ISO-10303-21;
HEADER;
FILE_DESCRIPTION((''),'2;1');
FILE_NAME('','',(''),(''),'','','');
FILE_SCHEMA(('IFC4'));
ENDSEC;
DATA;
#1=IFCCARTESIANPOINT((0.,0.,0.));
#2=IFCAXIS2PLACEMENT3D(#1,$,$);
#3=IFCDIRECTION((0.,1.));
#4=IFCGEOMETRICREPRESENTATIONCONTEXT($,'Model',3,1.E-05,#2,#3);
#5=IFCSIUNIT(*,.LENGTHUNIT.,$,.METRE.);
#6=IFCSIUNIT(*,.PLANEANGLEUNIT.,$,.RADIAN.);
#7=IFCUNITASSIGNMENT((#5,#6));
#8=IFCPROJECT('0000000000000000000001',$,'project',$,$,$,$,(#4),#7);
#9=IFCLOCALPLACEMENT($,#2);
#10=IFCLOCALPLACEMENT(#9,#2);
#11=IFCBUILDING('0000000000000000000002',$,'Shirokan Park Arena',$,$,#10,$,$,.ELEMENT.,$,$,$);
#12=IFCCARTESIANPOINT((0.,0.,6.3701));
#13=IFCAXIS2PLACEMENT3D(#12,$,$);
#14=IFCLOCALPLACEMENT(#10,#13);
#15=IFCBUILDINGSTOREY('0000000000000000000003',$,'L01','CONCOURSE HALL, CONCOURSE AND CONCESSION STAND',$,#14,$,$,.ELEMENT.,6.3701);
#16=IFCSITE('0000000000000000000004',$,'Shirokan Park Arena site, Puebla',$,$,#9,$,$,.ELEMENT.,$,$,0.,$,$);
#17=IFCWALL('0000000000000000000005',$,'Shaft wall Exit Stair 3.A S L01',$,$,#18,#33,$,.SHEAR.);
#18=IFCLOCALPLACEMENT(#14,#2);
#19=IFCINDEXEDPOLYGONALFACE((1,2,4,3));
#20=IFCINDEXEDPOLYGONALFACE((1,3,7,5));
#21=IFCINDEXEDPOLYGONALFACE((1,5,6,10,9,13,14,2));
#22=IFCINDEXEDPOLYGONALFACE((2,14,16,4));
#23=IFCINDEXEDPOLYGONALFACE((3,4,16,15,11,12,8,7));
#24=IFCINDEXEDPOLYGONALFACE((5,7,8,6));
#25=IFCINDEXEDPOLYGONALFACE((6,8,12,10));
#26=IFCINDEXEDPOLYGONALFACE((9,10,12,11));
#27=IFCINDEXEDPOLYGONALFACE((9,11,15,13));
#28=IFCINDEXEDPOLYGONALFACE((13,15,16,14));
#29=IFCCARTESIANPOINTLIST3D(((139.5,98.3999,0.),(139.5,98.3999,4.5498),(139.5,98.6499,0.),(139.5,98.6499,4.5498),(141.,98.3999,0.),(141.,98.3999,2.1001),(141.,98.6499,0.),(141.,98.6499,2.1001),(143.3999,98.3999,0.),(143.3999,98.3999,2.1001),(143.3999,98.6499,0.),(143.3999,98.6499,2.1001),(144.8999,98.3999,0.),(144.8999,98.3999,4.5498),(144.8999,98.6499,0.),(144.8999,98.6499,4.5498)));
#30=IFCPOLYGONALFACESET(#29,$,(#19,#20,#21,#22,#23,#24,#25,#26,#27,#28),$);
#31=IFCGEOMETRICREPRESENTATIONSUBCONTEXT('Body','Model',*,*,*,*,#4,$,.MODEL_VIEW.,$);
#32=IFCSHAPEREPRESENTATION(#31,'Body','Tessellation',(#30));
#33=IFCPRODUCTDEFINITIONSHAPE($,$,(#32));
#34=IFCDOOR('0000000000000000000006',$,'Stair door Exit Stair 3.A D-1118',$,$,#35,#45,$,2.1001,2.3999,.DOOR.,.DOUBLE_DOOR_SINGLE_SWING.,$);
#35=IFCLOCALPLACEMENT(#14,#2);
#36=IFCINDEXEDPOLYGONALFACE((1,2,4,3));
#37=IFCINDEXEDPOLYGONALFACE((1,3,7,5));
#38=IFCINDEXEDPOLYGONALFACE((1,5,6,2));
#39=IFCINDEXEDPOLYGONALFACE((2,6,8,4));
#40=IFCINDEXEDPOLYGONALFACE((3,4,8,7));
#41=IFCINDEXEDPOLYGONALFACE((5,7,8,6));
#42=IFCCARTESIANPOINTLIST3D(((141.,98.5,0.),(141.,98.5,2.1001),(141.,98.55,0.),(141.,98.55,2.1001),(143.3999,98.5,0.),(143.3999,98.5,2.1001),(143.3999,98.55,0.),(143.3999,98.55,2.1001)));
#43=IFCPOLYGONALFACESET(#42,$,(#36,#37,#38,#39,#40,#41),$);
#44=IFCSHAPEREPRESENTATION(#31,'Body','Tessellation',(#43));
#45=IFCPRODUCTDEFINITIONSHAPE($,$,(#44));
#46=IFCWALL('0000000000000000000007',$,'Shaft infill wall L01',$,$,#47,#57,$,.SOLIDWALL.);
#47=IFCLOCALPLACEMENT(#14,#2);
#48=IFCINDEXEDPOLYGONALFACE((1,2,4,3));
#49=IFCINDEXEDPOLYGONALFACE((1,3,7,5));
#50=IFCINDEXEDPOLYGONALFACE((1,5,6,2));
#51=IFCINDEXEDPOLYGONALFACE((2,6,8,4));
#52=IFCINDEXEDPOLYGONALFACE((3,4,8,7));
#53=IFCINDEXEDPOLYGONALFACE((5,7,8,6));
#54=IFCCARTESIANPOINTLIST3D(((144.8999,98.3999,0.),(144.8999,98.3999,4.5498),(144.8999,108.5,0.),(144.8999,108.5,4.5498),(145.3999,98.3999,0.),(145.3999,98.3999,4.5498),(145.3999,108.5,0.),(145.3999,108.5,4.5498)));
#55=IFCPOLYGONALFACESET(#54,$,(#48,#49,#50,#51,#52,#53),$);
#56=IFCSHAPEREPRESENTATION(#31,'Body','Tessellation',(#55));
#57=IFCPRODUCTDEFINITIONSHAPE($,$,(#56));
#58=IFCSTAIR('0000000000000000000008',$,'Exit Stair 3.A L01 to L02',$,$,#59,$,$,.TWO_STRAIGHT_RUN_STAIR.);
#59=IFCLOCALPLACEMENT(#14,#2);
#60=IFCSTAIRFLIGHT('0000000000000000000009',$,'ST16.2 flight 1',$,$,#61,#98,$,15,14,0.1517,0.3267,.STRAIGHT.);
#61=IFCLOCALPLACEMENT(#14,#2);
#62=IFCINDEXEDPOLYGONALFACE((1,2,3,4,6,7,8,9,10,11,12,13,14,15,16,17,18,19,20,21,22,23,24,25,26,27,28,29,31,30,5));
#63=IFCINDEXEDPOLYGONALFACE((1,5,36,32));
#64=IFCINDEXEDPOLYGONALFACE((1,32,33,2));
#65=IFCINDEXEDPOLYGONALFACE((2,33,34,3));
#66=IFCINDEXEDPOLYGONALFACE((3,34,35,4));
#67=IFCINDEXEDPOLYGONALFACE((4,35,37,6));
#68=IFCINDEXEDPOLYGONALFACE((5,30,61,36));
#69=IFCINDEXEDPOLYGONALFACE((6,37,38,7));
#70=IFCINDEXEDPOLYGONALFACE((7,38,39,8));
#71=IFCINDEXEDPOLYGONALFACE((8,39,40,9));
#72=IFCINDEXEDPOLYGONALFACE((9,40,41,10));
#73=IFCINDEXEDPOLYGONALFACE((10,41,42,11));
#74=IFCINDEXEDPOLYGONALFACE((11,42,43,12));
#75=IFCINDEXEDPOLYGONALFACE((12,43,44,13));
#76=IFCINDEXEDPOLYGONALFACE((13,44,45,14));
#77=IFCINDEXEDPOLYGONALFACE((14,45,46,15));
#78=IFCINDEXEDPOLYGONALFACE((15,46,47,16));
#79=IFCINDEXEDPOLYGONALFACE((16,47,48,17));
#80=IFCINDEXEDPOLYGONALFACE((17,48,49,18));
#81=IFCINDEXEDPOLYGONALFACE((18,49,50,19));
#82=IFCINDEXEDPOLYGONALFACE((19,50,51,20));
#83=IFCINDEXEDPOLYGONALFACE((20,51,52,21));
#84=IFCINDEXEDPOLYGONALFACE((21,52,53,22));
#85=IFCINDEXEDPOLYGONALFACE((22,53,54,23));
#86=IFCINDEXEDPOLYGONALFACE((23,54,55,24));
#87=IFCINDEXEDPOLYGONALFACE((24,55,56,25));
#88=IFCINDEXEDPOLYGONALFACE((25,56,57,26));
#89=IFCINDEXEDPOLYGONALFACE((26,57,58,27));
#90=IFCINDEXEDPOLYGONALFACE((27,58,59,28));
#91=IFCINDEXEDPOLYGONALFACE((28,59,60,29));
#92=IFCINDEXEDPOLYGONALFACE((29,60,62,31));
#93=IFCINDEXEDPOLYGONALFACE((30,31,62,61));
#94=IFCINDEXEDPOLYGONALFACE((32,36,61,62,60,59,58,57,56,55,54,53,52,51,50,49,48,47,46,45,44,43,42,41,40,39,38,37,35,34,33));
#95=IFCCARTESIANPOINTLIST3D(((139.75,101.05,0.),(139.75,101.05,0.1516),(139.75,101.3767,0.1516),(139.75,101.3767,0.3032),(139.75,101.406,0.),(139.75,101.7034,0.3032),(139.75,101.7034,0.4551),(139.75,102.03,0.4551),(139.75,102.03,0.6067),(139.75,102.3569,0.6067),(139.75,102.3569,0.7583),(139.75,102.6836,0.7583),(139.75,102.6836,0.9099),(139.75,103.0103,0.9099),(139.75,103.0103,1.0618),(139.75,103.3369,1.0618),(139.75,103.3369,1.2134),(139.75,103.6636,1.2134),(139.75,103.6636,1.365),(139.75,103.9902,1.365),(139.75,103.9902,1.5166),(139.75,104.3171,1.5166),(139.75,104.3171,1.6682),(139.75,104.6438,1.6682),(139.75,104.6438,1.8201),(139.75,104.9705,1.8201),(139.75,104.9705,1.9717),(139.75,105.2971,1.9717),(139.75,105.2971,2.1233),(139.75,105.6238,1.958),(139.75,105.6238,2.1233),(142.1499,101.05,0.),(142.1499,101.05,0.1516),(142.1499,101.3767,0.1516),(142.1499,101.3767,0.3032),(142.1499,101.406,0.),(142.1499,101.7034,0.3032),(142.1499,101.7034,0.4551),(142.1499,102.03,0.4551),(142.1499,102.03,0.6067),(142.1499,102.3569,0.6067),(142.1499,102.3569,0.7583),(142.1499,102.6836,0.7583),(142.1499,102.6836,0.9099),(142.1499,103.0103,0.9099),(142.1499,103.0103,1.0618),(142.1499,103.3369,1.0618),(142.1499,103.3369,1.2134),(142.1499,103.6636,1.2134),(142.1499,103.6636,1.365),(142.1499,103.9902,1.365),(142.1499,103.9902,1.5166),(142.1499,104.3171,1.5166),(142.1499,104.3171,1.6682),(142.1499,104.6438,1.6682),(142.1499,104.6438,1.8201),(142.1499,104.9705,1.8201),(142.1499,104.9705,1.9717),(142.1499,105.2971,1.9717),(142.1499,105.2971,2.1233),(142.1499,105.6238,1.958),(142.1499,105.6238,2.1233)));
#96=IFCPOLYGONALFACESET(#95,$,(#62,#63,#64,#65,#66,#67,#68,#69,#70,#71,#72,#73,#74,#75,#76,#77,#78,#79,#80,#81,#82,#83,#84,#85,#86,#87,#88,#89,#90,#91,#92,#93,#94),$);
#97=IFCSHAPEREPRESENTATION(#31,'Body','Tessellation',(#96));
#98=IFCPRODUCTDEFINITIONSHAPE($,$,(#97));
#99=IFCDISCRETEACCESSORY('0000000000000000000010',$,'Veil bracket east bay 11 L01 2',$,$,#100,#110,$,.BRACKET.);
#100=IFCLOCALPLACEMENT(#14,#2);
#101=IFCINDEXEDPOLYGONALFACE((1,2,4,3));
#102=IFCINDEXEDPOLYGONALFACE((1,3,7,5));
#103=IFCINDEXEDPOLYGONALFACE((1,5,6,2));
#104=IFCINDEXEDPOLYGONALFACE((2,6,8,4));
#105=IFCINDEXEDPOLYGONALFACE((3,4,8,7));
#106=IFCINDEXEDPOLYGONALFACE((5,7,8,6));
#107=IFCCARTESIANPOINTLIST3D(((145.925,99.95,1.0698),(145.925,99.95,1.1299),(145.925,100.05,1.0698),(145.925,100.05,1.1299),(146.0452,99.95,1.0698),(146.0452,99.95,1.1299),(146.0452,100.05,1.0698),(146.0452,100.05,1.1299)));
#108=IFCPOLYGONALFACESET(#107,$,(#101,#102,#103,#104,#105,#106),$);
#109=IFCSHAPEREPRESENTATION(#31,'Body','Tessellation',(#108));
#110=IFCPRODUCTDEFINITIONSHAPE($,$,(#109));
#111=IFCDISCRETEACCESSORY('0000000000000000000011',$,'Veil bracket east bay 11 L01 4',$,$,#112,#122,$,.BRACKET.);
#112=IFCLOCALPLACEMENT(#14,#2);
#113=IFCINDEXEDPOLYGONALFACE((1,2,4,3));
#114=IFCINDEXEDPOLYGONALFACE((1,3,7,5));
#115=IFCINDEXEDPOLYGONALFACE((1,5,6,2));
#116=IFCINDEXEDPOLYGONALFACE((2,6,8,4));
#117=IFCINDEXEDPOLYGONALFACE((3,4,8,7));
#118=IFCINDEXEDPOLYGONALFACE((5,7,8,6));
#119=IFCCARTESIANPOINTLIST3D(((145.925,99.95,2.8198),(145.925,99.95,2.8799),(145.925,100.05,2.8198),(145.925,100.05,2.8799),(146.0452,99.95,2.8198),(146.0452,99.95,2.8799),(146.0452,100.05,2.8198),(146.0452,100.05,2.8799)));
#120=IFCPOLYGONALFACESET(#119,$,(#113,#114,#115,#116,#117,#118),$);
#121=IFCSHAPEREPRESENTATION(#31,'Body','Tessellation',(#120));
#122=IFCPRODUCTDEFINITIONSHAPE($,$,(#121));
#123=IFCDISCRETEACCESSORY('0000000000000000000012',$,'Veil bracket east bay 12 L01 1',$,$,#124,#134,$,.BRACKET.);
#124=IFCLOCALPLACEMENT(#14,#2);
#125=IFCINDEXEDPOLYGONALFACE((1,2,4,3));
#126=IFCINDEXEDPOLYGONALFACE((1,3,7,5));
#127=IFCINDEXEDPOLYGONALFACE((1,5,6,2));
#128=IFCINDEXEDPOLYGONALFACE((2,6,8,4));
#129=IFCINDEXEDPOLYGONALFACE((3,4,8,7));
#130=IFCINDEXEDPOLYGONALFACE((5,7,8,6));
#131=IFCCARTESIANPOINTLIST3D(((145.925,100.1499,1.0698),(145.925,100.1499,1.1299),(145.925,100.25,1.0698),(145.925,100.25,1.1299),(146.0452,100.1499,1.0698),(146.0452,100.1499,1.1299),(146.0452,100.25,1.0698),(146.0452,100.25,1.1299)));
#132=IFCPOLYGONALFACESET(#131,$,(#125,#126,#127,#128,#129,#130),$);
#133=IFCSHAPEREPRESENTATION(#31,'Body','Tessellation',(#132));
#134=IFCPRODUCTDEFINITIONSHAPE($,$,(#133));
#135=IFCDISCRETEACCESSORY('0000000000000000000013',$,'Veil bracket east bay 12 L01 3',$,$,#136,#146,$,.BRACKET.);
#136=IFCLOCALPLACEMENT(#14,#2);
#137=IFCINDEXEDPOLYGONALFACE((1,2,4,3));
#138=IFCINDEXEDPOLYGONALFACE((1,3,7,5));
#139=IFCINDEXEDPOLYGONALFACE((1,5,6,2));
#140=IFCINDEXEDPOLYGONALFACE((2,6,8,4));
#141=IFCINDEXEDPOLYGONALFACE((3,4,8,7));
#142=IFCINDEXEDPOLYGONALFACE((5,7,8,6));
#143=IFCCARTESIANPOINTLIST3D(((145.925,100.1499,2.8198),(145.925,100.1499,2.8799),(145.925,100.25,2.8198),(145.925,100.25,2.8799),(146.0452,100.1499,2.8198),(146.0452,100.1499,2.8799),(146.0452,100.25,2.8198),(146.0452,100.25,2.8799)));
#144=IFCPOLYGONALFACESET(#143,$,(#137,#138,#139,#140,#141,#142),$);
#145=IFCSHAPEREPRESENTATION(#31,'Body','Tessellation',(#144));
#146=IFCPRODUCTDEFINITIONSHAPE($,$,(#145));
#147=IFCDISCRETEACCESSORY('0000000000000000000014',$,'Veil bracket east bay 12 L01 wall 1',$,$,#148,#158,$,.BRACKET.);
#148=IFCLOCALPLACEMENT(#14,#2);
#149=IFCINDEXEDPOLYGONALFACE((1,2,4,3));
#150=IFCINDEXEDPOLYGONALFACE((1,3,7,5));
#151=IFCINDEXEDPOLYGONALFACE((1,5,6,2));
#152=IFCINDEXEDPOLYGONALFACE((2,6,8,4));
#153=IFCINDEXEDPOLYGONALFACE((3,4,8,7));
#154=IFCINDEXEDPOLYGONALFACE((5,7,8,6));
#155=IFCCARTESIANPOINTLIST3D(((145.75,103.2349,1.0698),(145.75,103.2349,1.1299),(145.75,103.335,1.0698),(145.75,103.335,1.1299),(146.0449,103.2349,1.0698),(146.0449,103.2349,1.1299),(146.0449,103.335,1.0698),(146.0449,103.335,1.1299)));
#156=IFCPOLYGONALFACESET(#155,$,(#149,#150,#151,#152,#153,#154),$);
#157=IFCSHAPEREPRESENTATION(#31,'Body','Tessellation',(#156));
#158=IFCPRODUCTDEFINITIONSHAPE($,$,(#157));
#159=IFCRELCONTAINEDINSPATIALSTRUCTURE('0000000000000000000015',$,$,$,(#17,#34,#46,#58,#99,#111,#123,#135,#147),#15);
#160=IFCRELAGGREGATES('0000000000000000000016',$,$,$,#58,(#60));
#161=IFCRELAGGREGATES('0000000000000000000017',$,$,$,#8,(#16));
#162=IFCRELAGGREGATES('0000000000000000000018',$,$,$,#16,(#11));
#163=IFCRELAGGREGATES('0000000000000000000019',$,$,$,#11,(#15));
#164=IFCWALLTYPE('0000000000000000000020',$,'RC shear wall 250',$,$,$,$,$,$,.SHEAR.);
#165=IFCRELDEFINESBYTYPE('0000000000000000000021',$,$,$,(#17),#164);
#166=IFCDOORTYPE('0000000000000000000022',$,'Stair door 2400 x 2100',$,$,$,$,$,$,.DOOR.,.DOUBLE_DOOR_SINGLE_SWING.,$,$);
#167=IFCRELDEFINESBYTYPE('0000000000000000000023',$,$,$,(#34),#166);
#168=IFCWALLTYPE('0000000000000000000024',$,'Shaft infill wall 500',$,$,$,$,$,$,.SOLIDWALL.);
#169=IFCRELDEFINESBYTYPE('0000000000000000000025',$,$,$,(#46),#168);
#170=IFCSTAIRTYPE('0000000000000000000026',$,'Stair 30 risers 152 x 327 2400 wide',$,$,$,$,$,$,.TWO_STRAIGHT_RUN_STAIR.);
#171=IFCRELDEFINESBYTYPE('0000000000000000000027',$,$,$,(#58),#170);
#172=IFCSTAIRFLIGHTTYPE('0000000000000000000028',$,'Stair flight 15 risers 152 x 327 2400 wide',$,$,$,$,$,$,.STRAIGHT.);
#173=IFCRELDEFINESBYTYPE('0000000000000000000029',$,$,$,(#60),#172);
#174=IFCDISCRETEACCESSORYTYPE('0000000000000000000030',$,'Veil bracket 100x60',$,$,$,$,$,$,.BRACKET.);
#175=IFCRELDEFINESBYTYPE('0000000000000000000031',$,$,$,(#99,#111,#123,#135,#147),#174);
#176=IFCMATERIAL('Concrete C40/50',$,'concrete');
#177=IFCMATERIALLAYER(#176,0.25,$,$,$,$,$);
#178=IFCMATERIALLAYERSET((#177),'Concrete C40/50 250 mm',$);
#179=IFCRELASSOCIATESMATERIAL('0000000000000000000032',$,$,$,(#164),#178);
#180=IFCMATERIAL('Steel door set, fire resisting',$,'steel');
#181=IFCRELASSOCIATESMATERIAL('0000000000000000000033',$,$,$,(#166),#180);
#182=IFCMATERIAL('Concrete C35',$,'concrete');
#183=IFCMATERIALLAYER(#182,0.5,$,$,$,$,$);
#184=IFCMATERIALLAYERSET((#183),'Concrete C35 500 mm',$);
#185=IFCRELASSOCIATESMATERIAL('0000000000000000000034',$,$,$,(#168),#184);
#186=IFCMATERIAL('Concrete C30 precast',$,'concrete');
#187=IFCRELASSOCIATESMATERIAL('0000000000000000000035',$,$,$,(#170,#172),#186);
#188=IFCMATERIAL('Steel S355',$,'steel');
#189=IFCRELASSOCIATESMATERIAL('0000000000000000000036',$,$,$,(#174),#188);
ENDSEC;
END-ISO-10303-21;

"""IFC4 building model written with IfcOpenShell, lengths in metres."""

from ifc_helpers import new_model, si_unit, direction, frame, frame_2d, origin, origin_2d, place, context, subcontext, project, spatial, polyline, rectangle, outline, extrude, material, layer, layer_set, type_object, element, fill, aggregate, save


model = new_model("IFC4")

# Units and contexts
model_context = context("Model", 3, precision=1e-05, world=origin(), true_north=direction((0.0, 1.0)))
body_context = subcontext(model_context, "Body", "Model", "MODEL_VIEW")
ifc_project = project(units=[si_unit("LENGTHUNIT", "METRE"), si_unit("PLANEANGLEUNIT", "RADIAN")], contexts=[model_context])

# Site, building, storey
site_placement = place(None, origin())
site = spatial("IfcSite", under=ifc_project, at=site_placement, Name="Shirokan Park Arena site, Puebla", CompositionType="ELEMENT", RefElevation=0.0)
building_placement = place(site_placement, origin())
building = spatial("IfcBuilding", under=site, at=building_placement, Name="Shirokan Park Arena", CompositionType="ELEMENT")
storey_placement = place(building_placement, frame((0.0, 0.0, 6.3701)))
storey = spatial("IfcBuildingStorey", under=building, at=storey_placement, Name="L01", Description="CONCOURSE HALL, CONCOURSE AND CONCESSION STAND", CompositionType="ELEMENT", Elevation=6.3701)

# Shared definitions
ifc_material_1 = material(Name="Concrete C35", Category="concrete")

# Shared definitions
ifc_material_2 = material(Name="Steel S355", Category="steel")

# Wall, opening, door
ifc_material_3 = material(Name="Concrete C40/50", Category="concrete")
ifc_layer_1 = layer(ifc_material_3, 0.25)
ifc_layer_set_1 = layer_set([ifc_layer_1], Name="Concrete C40/50 250 mm")
wall_type_1 = type_object("IfcWallType", Name="RC shear wall 250", PredefinedType="SHEAR", material=ifc_layer_set_1)
wall_1_placement = place(storey_placement, frame((144.8999, 98.5249, 0.0), z_axis=(0.0, 0.0, 1.0), x_axis=(-1.0, 0.0, 0.0)))
wall_1 = element("IfcWall", 1, at=wall_1_placement, inside=storey, type_object=wall_type_1, Name="Shaft wall Exit Stair 3.A S L01", PredefinedType="SHEAR", context=body_context, shape_type="SweptSolid", body=[
    extrude(rectangle(XDim=5.3999, YDim=0.25, at=frame_2d((2.7, 0.0))), origin(), (0.0, 0.0, 1.0), 4.5498),
])
opening_placement = place(wall_1_placement, frame((1.5, 0.0, 0.0)))
opening = element("IfcOpeningElement", 2, at=opening_placement, cuts=wall_1, PredefinedType="OPENING", context=body_context, shape_type="SweptSolid", body=[
    extrude(rectangle(XDim=2.3999, YDim=2.1001, at=frame_2d((1.2, 1.05))), frame((0.0, 0.135, 0.0), z_axis=(0.0, -1.0, 0.0), x_axis=(1.0, 0.0, 0.0)), (0.0, 0.0, 1.0), 0.27),
])
ifc_material_4 = material(Name="Steel door set, fire resisting", Category="steel")
door_type = type_object("IfcDoorType", Name="Stair door 2400 x 2100", OperationType="DOUBLE_DOOR_SINGLE_SWING", PredefinedType="DOOR", material=ifc_material_4)
door_placement = place(opening_placement, origin())
door = element("IfcDoor", 3, at=door_placement, inside=storey, type_object=door_type, Name="Stair door Exit Stair 3.A D-1118", OperationType="DOUBLE_DOOR_SINGLE_SWING", OverallHeight=2.1001, OverallWidth=2.3999, PredefinedType="DOOR", context=body_context, shape_type="SweptSolid", body=[
    extrude(rectangle(XDim=2.3999, YDim=2.1001, at=frame_2d((1.2, 1.05))), frame((0.0, 0.0249, 0.0), z_axis=(0.0, -1.0, 0.0), x_axis=(1.0, 0.0, 0.0)), (0.0, 0.0, 1.0), 0.05),
])
fill(opening, door)

# Wall
ifc_layer_2 = layer(ifc_material_1, 0.5)
ifc_layer_set_2 = layer_set([ifc_layer_2], Name="Concrete C35 500 mm")
wall_type_2 = type_object("IfcWallType", Name="Shaft infill wall 500", PredefinedType="SOLIDWALL", material=ifc_layer_set_2)
wall_2_placement = place(storey_placement, frame((145.1499, 98.3999, 0.0), z_axis=(0.0, 0.0, 1.0), x_axis=(0.0, 1.0, 0.0)))
element("IfcWall", 4, at=wall_2_placement, inside=storey, type_object=wall_type_2, Name="Shaft infill wall L01", PredefinedType="SOLIDWALL", context=body_context, shape_type="SweptSolid", body=[
    extrude(rectangle(XDim=10.1001, YDim=0.5, at=frame_2d((5.05, 0.0))), origin(), (0.0, 0.0, 1.0), 4.5498),
])

# Stair, stair flight
ifc_material_5 = material(Name="Concrete C30 precast", Category="concrete")
stair_type = type_object("IfcStairType", Name="Stair 30 risers 152 x 327 2400 wide", PredefinedType="TWO_STRAIGHT_RUN_STAIR", material=ifc_material_5)
stair_placement = place(storey_placement, origin())
stair = element("IfcStair", 5, at=stair_placement, inside=storey, type_object=stair_type, Name="Exit Stair 3.A L01 to L02", PredefinedType="TWO_STRAIGHT_RUN_STAIR")
stair_flight_type = type_object("IfcStairFlightType", Name="Stair flight 15 risers 152 x 327 2400 wide", PredefinedType="STRAIGHT", material=ifc_material_5)
stair_flight_placement = place(storey_placement, frame((140.95, 101.05, 0.0), z_axis=(0.0, 0.0, 1.0), x_axis=(0.0, 1.0, 0.0)))
stair_flight = element("IfcStairFlight", 6, at=stair_flight_placement, type_object=stair_flight_type, Name="ST16.2 flight 1", NumberOfRisers=15, NumberOfTreads=14, PredefinedType="STRAIGHT", RiserHeight=0.1517, TreadLength=0.3267, context=body_context, shape_type="SweptSolid", body=[
    extrude(outline(polyline([(0.0, 0.0), (0.0, 0.1516), (0.3267, 0.1516), (0.3267, 0.3032), (0.6533, 0.3032), (0.6533, 0.4551), (0.98, 0.4551), (0.98, 0.6067), (1.3069, 0.6067), (1.3069, 0.7583), (1.6335, 0.7583), (1.6335, 0.9099), (1.9602, 0.9099), (1.9602, 1.0618), (2.2869, 1.0618), (2.2869, 1.2134), (2.6135, 1.2134), (2.6135, 1.365), (2.9402, 1.365), (2.9402, 1.5166), (3.2671, 1.5166), (3.2671, 1.6682), (3.5938, 1.6682), (3.5938, 1.8201), (3.9204, 1.8201), (3.9204, 1.9717), (4.2471, 1.9717), (4.2471, 2.1233), (4.5737, 2.1233), (4.5737, 2.2749), (4.5737, 1.958), (0.356, 0.0), (0.0, 0.0)])), frame((0.0, 1.2, 0.0), z_axis=(0.0, -1.0, 0.0), x_axis=(1.0, 0.0, 0.0)), (0.0, 0.0, 1.0), 2.3999),
])
aggregate(stair, [stair_flight])

# Discrete accessories
discrete_accessory_type = type_object("IfcDiscreteAccessoryType", Name="Veil bracket 100x60", PredefinedType="BRACKET", material=ifc_material_2)
for number, where, z_axis, x_axis, name in (
    (7, (145.9851, 100.0, 1.0698), (0.0, 0.0, 1.0), (0.0, 1.0, 0.0), "Veil bracket east bay 11 L01 2"),
    (8, (145.9851, 100.0, 2.8198), (0.0, 0.0, 1.0), (0.0, 1.0, 0.0), "Veil bracket east bay 11 L01 4"),
    (9, (145.9851, 100.2, 1.0698), (0.0, 0.0, 1.0), (0.0, 1.0, 0.0), "Veil bracket east bay 12 L01 1"),
    (10, (145.9851, 100.2, 2.8198), (0.0, 0.0, 1.0), (0.0, 1.0, 0.0), "Veil bracket east bay 12 L01 3"),
):
    element("IfcDiscreteAccessory", number, at=place(storey_placement, frame(where, z_axis=z_axis, x_axis=x_axis)), inside=storey, type_object=discrete_accessory_type, Name=name, PredefinedType="BRACKET", context=body_context, shape_type="SweptSolid", body=[
        extrude(rectangle(XDim=0.1001, YDim=0.1201, at=origin_2d()), origin(), (0.0, 0.0, 1.0), 0.0601),
    ])
discrete_accessory_placement = place(storey_placement, frame((145.8975, 103.2849, 1.0698), z_axis=(0.0, 0.0, 1.0), x_axis=(0.0, 1.0, 0.0)))
element("IfcDiscreteAccessory", 11, at=discrete_accessory_placement, inside=storey, type_object=discrete_accessory_type, Name="Veil bracket east bay 12 L01 wall 1", PredefinedType="BRACKET", context=body_context, shape_type="SweptSolid", body=[
    extrude(rectangle(XDim=0.1001, YDim=0.2949, at=origin_2d()), origin(), (0.0, 0.0, 1.0), 0.0601),
])

save(model, "model.ifc")
